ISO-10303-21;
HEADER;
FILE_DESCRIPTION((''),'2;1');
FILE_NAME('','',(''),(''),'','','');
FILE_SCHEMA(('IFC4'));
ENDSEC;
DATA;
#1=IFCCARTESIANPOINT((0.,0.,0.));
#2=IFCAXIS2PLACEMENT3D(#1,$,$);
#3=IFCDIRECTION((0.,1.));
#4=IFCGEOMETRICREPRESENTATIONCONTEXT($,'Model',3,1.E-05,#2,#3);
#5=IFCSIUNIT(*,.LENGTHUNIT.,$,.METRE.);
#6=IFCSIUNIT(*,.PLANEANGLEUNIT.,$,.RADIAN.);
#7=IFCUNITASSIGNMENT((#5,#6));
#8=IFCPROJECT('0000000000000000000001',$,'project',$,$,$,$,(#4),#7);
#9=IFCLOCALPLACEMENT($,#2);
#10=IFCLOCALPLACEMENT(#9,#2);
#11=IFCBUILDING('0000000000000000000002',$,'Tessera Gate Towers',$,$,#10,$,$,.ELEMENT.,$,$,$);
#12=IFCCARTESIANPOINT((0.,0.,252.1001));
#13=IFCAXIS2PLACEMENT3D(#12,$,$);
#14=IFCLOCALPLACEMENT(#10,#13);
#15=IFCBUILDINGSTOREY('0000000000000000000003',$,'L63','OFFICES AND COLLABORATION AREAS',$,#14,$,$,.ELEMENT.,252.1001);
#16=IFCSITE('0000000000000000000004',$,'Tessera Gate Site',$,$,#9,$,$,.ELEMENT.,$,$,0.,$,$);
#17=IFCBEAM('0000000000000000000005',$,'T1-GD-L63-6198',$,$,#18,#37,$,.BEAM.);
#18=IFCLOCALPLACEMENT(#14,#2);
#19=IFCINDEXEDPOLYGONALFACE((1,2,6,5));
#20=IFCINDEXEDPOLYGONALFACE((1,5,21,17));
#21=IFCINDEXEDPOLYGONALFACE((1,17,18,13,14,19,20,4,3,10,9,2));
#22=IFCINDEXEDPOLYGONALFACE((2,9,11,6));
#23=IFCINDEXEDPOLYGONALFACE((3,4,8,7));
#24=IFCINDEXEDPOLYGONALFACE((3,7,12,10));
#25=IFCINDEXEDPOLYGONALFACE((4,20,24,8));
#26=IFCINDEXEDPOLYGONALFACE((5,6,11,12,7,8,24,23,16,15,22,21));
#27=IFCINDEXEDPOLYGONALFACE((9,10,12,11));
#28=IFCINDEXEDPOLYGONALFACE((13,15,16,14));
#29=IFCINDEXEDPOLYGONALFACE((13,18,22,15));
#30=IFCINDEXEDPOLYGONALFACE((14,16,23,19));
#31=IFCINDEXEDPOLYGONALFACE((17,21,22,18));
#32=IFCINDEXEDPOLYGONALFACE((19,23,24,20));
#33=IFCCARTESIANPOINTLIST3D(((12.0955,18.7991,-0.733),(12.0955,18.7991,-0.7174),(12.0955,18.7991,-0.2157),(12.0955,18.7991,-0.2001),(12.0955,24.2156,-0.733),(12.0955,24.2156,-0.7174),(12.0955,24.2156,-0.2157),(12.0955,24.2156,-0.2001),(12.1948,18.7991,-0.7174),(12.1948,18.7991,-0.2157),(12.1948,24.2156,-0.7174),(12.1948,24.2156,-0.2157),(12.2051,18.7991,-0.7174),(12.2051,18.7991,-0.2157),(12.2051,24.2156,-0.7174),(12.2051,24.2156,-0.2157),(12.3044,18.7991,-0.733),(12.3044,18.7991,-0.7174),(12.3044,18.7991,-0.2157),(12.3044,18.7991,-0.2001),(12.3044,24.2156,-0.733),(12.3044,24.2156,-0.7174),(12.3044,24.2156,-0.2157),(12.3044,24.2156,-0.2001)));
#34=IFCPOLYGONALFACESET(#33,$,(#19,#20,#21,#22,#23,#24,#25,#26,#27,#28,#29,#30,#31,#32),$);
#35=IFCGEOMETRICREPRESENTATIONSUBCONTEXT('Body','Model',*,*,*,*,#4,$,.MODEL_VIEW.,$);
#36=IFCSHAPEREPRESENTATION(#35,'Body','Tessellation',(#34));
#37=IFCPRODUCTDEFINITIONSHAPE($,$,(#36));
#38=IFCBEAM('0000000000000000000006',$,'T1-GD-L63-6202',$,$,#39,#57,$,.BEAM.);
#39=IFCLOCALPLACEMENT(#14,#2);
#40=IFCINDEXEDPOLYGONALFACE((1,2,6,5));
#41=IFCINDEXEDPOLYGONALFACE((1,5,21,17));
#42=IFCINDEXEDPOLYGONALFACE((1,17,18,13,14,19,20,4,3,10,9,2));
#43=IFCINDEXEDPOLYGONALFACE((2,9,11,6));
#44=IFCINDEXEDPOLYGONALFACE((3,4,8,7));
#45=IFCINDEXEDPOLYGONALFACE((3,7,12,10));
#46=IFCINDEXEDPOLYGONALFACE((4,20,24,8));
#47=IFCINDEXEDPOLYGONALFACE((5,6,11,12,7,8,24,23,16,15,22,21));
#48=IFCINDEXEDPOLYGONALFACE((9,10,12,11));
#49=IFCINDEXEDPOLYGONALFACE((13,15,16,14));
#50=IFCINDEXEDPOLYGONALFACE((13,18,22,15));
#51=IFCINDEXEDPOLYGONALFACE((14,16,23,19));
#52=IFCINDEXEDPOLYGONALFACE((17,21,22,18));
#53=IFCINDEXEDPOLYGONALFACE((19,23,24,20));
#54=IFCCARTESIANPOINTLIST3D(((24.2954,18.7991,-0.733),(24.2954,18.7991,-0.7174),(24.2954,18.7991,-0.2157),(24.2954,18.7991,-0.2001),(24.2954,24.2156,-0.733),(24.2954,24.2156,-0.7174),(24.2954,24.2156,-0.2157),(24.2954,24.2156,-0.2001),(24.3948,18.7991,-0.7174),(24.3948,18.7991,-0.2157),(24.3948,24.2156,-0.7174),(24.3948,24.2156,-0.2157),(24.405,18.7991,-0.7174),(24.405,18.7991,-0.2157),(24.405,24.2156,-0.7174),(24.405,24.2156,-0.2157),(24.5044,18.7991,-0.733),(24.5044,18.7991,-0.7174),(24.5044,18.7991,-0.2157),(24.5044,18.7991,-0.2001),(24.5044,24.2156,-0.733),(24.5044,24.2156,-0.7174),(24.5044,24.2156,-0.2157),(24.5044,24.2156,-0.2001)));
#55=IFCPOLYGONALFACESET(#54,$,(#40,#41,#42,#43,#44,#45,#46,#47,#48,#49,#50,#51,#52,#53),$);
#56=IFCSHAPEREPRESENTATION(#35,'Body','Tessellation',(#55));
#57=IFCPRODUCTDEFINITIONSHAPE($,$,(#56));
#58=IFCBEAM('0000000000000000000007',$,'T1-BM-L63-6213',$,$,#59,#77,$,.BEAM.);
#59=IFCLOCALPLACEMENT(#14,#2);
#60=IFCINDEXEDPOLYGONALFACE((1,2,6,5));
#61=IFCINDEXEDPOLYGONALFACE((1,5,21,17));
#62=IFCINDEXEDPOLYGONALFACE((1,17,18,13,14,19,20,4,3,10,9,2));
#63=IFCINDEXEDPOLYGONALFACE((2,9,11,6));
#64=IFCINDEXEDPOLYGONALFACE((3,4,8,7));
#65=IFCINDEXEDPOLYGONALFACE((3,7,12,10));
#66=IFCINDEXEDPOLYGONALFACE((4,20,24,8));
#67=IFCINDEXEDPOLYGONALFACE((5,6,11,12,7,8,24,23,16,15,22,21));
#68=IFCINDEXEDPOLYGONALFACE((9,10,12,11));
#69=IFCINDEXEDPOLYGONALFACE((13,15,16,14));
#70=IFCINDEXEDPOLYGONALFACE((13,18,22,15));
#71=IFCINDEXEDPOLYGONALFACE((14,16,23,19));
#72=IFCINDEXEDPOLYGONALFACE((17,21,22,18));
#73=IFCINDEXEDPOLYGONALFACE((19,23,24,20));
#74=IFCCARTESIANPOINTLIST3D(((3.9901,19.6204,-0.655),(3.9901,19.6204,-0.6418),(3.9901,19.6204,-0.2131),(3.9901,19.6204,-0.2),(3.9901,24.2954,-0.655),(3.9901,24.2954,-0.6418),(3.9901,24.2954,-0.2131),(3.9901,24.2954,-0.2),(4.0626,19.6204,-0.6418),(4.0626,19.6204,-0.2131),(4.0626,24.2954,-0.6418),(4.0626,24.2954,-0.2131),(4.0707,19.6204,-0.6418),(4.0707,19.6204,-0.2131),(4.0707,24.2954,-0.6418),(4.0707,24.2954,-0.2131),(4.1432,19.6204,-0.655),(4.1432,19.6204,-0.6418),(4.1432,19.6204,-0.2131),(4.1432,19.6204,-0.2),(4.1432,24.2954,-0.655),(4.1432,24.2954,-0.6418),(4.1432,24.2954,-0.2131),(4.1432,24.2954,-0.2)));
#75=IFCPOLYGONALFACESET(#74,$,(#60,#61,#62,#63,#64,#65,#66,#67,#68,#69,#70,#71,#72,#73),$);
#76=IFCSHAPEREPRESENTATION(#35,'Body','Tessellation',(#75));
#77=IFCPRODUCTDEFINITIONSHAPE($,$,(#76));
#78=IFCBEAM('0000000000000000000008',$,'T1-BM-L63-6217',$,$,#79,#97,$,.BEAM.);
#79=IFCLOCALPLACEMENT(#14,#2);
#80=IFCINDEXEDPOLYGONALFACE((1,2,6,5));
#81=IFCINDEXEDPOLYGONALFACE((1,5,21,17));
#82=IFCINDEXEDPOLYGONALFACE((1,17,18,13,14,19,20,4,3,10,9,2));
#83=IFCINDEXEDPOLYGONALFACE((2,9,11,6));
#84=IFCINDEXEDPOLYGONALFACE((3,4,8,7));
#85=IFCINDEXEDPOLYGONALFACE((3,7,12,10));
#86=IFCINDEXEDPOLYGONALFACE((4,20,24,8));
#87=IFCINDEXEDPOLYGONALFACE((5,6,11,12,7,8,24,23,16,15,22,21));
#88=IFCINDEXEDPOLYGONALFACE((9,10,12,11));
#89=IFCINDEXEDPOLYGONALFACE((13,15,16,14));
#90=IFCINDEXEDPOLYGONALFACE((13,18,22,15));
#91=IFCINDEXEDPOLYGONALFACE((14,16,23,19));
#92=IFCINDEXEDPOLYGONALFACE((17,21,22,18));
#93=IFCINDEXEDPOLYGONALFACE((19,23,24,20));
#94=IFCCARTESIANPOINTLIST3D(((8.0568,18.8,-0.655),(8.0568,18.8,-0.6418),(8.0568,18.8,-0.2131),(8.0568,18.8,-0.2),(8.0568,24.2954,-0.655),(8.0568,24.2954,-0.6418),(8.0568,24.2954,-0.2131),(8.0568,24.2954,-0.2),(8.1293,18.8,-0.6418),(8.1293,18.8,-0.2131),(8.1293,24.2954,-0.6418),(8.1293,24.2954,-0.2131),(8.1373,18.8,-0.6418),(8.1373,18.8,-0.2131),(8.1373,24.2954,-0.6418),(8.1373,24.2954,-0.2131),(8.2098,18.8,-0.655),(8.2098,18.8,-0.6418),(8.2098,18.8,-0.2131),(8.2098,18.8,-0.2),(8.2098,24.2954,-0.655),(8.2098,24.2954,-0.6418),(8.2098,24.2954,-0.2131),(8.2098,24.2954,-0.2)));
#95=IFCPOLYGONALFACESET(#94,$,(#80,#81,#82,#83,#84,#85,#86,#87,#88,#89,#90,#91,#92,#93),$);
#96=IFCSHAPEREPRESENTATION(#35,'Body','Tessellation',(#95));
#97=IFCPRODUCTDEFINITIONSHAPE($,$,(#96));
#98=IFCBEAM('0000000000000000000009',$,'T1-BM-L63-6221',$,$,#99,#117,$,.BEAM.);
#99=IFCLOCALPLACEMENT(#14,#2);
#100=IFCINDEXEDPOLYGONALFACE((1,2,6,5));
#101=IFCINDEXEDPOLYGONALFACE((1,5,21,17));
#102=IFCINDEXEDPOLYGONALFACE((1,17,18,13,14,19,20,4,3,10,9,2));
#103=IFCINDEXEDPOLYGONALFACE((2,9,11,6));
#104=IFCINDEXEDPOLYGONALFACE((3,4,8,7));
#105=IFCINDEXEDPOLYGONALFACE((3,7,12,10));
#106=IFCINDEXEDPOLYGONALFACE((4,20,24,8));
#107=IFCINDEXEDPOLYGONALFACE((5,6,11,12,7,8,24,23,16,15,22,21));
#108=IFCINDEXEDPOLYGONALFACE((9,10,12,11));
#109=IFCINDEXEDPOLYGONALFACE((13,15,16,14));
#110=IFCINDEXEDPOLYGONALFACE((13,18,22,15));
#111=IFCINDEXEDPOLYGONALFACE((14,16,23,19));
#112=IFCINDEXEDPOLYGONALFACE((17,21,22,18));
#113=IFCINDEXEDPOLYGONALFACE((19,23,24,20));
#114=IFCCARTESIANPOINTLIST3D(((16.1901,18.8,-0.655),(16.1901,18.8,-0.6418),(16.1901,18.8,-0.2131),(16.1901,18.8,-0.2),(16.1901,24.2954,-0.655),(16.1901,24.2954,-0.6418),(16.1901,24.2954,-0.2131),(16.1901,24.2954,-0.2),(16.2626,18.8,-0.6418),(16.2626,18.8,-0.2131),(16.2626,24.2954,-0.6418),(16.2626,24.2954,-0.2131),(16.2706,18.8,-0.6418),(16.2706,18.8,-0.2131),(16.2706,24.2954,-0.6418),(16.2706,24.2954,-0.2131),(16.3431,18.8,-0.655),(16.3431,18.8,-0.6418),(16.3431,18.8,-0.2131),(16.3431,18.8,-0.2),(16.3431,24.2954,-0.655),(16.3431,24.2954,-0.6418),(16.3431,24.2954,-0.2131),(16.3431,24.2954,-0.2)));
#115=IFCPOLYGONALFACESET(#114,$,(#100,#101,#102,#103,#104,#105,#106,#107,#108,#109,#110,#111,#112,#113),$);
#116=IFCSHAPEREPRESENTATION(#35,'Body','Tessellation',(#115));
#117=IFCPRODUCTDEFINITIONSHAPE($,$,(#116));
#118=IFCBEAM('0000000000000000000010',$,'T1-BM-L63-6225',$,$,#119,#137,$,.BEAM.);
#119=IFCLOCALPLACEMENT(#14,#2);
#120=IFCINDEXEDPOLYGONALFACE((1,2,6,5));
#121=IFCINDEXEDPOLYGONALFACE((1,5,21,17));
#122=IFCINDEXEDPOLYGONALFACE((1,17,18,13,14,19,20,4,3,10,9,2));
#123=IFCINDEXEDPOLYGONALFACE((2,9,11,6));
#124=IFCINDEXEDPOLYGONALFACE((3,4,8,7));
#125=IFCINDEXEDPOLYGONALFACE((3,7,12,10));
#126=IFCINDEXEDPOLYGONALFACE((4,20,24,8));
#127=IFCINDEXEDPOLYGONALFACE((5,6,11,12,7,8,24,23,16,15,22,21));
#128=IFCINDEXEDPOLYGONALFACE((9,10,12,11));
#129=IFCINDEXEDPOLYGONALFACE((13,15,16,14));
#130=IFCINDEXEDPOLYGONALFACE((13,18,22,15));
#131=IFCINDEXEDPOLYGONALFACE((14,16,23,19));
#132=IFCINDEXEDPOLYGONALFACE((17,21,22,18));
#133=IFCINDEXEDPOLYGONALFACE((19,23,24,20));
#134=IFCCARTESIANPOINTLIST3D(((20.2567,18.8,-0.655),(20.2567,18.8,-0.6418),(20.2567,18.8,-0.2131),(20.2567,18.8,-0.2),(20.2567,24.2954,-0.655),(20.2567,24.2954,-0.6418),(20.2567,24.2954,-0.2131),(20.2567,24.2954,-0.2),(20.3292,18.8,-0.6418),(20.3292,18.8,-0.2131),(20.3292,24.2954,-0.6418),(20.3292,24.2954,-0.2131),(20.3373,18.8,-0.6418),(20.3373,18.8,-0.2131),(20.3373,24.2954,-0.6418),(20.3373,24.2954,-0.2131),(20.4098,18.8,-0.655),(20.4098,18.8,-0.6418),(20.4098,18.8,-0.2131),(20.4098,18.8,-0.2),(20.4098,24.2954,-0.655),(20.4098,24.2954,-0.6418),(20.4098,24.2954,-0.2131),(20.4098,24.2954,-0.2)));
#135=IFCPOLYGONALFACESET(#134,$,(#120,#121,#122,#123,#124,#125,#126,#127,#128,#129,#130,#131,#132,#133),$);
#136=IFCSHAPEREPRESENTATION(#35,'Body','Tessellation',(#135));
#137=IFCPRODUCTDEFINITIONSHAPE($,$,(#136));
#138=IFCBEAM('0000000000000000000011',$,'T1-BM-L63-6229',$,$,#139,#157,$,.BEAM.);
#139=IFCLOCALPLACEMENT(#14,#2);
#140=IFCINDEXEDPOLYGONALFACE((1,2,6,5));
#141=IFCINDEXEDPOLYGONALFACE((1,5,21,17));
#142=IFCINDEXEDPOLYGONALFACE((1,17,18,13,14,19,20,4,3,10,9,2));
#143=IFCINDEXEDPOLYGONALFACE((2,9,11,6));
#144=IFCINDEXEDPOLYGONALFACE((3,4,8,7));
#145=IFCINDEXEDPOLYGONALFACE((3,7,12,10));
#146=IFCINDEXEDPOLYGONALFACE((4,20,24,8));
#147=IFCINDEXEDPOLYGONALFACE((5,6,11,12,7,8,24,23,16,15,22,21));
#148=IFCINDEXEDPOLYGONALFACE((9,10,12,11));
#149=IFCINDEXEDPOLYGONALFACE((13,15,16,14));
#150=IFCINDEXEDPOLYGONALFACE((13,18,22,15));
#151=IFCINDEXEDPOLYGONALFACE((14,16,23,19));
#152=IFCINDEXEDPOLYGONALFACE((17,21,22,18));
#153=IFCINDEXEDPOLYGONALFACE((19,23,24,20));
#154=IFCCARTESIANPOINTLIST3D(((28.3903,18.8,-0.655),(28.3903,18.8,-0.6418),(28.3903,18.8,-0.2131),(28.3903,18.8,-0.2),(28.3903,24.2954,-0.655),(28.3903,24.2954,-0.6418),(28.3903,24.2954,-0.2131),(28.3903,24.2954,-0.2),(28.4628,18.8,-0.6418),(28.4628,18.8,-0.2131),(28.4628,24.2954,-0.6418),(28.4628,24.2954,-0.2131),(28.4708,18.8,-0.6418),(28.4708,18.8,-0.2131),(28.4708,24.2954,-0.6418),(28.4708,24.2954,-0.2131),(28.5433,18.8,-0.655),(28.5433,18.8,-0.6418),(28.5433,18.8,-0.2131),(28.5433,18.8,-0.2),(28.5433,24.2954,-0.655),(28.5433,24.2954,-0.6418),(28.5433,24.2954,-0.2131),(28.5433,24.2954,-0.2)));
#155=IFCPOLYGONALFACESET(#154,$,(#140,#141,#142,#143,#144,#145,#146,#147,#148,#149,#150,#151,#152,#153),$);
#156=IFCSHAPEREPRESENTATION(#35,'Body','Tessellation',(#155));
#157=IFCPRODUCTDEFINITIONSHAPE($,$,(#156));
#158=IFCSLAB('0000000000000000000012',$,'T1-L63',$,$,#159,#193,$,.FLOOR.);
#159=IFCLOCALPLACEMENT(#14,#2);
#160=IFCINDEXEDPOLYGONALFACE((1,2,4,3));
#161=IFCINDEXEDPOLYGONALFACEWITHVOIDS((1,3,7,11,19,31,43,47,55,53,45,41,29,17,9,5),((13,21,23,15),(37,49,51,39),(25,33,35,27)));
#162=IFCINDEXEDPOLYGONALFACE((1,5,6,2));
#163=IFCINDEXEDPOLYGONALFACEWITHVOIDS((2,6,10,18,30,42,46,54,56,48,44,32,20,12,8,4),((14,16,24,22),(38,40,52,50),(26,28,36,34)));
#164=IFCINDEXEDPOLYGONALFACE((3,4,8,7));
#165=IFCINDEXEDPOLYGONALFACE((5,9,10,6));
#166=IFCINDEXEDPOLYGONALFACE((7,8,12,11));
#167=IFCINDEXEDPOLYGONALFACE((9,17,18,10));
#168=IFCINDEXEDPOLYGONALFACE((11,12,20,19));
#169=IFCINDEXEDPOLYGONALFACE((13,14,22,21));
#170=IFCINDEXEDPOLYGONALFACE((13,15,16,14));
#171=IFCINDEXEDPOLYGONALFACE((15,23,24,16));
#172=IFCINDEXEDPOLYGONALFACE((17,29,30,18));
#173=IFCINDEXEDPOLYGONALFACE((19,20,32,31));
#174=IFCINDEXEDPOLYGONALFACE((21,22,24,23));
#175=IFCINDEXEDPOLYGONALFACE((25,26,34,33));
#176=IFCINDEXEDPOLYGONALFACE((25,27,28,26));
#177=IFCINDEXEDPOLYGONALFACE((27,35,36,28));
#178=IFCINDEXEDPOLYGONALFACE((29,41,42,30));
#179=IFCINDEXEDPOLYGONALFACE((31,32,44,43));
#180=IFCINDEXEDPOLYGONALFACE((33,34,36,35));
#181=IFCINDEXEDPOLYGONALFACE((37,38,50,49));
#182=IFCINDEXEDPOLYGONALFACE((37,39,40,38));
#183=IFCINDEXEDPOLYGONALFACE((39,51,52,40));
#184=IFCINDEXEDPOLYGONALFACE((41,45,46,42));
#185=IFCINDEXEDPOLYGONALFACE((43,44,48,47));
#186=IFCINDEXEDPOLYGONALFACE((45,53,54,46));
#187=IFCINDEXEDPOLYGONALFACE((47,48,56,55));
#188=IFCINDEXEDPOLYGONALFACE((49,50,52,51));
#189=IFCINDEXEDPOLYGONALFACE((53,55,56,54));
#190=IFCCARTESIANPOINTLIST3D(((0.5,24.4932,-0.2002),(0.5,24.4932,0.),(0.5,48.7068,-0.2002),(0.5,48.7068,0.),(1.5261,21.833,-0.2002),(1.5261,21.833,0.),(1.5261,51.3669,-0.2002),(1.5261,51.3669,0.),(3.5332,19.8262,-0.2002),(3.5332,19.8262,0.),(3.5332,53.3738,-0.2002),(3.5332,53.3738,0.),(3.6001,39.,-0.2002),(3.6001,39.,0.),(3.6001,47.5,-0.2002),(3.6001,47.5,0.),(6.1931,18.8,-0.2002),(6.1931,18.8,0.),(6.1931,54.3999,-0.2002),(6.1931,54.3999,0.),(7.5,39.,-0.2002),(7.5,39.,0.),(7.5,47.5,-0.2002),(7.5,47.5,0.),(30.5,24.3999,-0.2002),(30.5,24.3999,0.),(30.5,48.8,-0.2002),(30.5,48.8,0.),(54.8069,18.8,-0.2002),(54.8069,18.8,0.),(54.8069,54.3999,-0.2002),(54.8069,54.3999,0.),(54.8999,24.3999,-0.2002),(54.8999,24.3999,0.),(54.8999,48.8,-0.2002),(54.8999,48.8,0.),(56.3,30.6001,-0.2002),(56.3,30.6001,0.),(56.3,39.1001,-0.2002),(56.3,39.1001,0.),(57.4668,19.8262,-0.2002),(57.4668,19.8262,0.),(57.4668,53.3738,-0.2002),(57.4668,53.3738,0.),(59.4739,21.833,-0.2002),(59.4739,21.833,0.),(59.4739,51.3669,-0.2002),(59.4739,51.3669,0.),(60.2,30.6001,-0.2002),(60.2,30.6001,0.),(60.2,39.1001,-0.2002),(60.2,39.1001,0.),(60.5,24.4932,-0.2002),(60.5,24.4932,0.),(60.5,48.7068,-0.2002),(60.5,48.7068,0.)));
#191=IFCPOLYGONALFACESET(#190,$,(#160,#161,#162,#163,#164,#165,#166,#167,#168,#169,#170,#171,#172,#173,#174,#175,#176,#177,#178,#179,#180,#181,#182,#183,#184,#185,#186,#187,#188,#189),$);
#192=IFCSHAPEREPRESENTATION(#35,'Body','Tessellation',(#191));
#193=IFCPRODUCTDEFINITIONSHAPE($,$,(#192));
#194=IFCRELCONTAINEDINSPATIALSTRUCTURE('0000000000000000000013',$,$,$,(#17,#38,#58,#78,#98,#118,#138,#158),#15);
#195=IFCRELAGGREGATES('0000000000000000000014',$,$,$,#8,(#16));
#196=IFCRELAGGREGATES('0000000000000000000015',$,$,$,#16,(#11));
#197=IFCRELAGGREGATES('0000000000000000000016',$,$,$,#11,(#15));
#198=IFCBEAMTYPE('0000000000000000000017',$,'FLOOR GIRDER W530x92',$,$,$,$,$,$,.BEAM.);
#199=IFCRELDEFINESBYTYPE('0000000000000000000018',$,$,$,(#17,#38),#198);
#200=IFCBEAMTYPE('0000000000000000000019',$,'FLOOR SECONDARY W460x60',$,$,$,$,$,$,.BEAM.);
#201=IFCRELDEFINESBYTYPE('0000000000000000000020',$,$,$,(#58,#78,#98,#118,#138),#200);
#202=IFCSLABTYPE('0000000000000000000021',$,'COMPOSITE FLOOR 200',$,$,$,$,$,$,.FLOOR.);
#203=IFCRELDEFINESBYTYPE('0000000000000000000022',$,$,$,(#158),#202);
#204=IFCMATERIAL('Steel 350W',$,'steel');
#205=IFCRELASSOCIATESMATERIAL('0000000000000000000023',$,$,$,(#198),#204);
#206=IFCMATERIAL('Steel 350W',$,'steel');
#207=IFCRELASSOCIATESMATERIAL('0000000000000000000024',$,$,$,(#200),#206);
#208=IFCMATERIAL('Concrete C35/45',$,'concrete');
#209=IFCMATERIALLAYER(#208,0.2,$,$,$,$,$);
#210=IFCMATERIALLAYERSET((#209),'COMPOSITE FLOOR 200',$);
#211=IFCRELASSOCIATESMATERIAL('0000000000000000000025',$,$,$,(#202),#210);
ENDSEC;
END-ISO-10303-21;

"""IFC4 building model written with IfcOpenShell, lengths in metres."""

from ifc_helpers import new_model, si_unit, direction, frame, origin, origin_2d, place, context, subcontext, project, spatial, polyline, i_section, outline, extrude, material, layer, layer_set, material_profile, profile_set, type_object, element, save


model = new_model("IFC4")

# Units and contexts
model_context = context("Model", 3, precision=1e-05, world=origin(), true_north=direction((0.0, 1.0)))
body_context = subcontext(model_context, "Body", "Model", "MODEL_VIEW")
ifc_project = project(units=[si_unit("LENGTHUNIT", "METRE"), si_unit("PLANEANGLEUNIT", "RADIAN")], contexts=[model_context])

# Site, building, storey
site_placement = place(None, origin())
site = spatial("IfcSite", under=ifc_project, at=site_placement, Name="Tessera Gate Site", CompositionType="ELEMENT", RefElevation=0.0)
building_placement = place(site_placement, origin())
building = spatial("IfcBuilding", under=site, at=building_placement, Name="Tessera Gate Towers", CompositionType="ELEMENT")
storey_placement = place(building_placement, frame((0.0, 0.0, 252.1001)))
storey = spatial("IfcBuildingStorey", under=building, at=storey_placement, Name="L63", Description="OFFICES AND COLLABORATION AREAS", CompositionType="ELEMENT", Elevation=252.1001)

# Beams
ifc_material_1 = material(Name="Steel 350W", Category="steel")
ifc_material_profile_1 = material_profile(ifc_material_1, i_section(OverallWidth=0.209, OverallDepth=0.533, WebThickness=0.0103, FlangeThickness=0.0156, at=origin_2d()), Name="W530x92")
ifc_profile_set_1 = profile_set([ifc_material_profile_1], Name="Steel 350W")
beam_type_1 = type_object("IfcBeamType", Name="FLOOR GIRDER W530x92", PredefinedType="BEAM", material=ifc_profile_set_1)
for number, where, z_axis, x_axis, name in (
    (1, (12.2, 18.7991, -0.4666), (0.0, 1.0, 0.0), (-1.0, 0.0, 0.0), "T1-GD-L63-6198"),
    (2, (24.3999, 18.7991, -0.4666), (0.0, 1.0, 0.0), (-1.0, 0.0, 0.0), "T1-GD-L63-6202"),
):
    element("IfcBeam", number, at=place(storey_placement, frame(where, z_axis=z_axis, x_axis=x_axis)), inside=storey, type_object=beam_type_1, Name=name, PredefinedType="BEAM", context=body_context, shape_type="SweptSolid", body=[
        extrude(i_section(OverallWidth=0.209, OverallDepth=0.533, WebThickness=0.0103, FlangeThickness=0.0156, at=origin_2d()), origin(), (0.0, 0.0, 1.0), 5.4165),
    ])
ifc_material_2 = material(Name="Steel 350W", Category="steel")
ifc_material_profile_2 = material_profile(ifc_material_2, i_section(OverallWidth=0.1531, OverallDepth=0.4551, WebThickness=0.0081, FlangeThickness=0.0132, at=origin_2d()), Name="W460x60")
ifc_profile_set_2 = profile_set([ifc_material_profile_2], Name="Steel 350W")
beam_type_2 = type_object("IfcBeamType", Name="FLOOR SECONDARY W460x60", PredefinedType="BEAM", material=ifc_profile_set_2)
beam_placement = place(storey_placement, frame((4.0667, 19.6204, -0.4275), z_axis=(0.0, 1.0, 0.0), x_axis=(-1.0, 0.0, 0.0)))
element("IfcBeam", 3, at=beam_placement, inside=storey, type_object=beam_type_2, Name="T1-BM-L63-6213", PredefinedType="BEAM", context=body_context, shape_type="SweptSolid", body=[
    extrude(i_section(OverallWidth=0.1531, OverallDepth=0.4551, WebThickness=0.0081, FlangeThickness=0.0132, at=origin_2d()), origin(), (0.0, 0.0, 1.0), 4.675),
])
for number, where, z_axis, x_axis, name in (
    (4, (8.1333, 18.8, -0.4275), (0.0, 1.0, 0.0), (-1.0, 0.0, 0.0), "T1-BM-L63-6217"),
    (5, (16.2666, 18.8, -0.4275), (0.0, 1.0, 0.0), (-1.0, 0.0, 0.0), "T1-BM-L63-6221"),
    (6, (20.3333, 18.8, -0.4275), (0.0, 1.0, 0.0), (-1.0, 0.0, 0.0), "T1-BM-L63-6225"),
    (7, (28.4668, 18.8, -0.4275), (0.0, 1.0, 0.0), (-1.0, 0.0, 0.0), "T1-BM-L63-6229"),
):
    element("IfcBeam", number, at=place(storey_placement, frame(where, z_axis=z_axis, x_axis=x_axis)), inside=storey, type_object=beam_type_2, Name=name, PredefinedType="BEAM", context=body_context, shape_type="SweptSolid", body=[
        extrude(i_section(OverallWidth=0.1531, OverallDepth=0.4551, WebThickness=0.0081, FlangeThickness=0.0132, at=origin_2d()), origin(), (0.0, 0.0, 1.0), 5.4954),
    ])

# Slab
ifc_material_3 = material(Name="Concrete C35/45", Category="concrete")
ifc_layer_1 = layer(ifc_material_3, 0.2)
ifc_layer_set_1 = layer_set([ifc_layer_1], Name="COMPOSITE FLOOR 200")
slab_type_1 = type_object("IfcSlabType", Name="COMPOSITE FLOOR 200", PredefinedType="FLOOR", material=ifc_layer_set_1)
slab_1_placement = place(storey_placement, frame((0.0, 0.0, -0.2002)))
element("IfcSlab", 8, at=slab_1_placement, inside=storey, type_object=slab_type_1, Name="T1-L63", PredefinedType="FLOOR", context=body_context, shape_type="SweptSolid", body=[
    extrude(outline(polyline([(0.5, 24.4932), (1.5261, 21.833), (3.5332, 19.8262), (6.1931, 18.8), (54.8069, 18.8), (57.4668, 19.8262), (59.4739, 21.833), (60.5, 24.4932), (60.5, 48.7068), (59.4739, 51.3669), (57.4668, 53.3738), (54.8069, 54.3999), (6.1931, 54.3999), (3.5332, 53.3738), (1.5261, 51.3669), (0.5, 48.7068), (0.5, 24.4932)]), holes=[polyline([(3.6001, 39.0), (3.6001, 47.5), (7.5, 47.5), (7.5, 39.0), (3.6001, 39.0)]), polyline([(30.5, 24.3999), (30.5, 48.8), (54.8999, 48.8), (54.8999, 24.3999), (30.5, 24.3999)]), polyline([(56.3, 30.6001), (56.3, 39.1001), (60.2, 39.1001), (60.2, 30.6001), (56.3, 30.6001)])]), origin(), (0.0, 0.0, 1.0), 0.2002),
])

save(model, "model.ifc")
